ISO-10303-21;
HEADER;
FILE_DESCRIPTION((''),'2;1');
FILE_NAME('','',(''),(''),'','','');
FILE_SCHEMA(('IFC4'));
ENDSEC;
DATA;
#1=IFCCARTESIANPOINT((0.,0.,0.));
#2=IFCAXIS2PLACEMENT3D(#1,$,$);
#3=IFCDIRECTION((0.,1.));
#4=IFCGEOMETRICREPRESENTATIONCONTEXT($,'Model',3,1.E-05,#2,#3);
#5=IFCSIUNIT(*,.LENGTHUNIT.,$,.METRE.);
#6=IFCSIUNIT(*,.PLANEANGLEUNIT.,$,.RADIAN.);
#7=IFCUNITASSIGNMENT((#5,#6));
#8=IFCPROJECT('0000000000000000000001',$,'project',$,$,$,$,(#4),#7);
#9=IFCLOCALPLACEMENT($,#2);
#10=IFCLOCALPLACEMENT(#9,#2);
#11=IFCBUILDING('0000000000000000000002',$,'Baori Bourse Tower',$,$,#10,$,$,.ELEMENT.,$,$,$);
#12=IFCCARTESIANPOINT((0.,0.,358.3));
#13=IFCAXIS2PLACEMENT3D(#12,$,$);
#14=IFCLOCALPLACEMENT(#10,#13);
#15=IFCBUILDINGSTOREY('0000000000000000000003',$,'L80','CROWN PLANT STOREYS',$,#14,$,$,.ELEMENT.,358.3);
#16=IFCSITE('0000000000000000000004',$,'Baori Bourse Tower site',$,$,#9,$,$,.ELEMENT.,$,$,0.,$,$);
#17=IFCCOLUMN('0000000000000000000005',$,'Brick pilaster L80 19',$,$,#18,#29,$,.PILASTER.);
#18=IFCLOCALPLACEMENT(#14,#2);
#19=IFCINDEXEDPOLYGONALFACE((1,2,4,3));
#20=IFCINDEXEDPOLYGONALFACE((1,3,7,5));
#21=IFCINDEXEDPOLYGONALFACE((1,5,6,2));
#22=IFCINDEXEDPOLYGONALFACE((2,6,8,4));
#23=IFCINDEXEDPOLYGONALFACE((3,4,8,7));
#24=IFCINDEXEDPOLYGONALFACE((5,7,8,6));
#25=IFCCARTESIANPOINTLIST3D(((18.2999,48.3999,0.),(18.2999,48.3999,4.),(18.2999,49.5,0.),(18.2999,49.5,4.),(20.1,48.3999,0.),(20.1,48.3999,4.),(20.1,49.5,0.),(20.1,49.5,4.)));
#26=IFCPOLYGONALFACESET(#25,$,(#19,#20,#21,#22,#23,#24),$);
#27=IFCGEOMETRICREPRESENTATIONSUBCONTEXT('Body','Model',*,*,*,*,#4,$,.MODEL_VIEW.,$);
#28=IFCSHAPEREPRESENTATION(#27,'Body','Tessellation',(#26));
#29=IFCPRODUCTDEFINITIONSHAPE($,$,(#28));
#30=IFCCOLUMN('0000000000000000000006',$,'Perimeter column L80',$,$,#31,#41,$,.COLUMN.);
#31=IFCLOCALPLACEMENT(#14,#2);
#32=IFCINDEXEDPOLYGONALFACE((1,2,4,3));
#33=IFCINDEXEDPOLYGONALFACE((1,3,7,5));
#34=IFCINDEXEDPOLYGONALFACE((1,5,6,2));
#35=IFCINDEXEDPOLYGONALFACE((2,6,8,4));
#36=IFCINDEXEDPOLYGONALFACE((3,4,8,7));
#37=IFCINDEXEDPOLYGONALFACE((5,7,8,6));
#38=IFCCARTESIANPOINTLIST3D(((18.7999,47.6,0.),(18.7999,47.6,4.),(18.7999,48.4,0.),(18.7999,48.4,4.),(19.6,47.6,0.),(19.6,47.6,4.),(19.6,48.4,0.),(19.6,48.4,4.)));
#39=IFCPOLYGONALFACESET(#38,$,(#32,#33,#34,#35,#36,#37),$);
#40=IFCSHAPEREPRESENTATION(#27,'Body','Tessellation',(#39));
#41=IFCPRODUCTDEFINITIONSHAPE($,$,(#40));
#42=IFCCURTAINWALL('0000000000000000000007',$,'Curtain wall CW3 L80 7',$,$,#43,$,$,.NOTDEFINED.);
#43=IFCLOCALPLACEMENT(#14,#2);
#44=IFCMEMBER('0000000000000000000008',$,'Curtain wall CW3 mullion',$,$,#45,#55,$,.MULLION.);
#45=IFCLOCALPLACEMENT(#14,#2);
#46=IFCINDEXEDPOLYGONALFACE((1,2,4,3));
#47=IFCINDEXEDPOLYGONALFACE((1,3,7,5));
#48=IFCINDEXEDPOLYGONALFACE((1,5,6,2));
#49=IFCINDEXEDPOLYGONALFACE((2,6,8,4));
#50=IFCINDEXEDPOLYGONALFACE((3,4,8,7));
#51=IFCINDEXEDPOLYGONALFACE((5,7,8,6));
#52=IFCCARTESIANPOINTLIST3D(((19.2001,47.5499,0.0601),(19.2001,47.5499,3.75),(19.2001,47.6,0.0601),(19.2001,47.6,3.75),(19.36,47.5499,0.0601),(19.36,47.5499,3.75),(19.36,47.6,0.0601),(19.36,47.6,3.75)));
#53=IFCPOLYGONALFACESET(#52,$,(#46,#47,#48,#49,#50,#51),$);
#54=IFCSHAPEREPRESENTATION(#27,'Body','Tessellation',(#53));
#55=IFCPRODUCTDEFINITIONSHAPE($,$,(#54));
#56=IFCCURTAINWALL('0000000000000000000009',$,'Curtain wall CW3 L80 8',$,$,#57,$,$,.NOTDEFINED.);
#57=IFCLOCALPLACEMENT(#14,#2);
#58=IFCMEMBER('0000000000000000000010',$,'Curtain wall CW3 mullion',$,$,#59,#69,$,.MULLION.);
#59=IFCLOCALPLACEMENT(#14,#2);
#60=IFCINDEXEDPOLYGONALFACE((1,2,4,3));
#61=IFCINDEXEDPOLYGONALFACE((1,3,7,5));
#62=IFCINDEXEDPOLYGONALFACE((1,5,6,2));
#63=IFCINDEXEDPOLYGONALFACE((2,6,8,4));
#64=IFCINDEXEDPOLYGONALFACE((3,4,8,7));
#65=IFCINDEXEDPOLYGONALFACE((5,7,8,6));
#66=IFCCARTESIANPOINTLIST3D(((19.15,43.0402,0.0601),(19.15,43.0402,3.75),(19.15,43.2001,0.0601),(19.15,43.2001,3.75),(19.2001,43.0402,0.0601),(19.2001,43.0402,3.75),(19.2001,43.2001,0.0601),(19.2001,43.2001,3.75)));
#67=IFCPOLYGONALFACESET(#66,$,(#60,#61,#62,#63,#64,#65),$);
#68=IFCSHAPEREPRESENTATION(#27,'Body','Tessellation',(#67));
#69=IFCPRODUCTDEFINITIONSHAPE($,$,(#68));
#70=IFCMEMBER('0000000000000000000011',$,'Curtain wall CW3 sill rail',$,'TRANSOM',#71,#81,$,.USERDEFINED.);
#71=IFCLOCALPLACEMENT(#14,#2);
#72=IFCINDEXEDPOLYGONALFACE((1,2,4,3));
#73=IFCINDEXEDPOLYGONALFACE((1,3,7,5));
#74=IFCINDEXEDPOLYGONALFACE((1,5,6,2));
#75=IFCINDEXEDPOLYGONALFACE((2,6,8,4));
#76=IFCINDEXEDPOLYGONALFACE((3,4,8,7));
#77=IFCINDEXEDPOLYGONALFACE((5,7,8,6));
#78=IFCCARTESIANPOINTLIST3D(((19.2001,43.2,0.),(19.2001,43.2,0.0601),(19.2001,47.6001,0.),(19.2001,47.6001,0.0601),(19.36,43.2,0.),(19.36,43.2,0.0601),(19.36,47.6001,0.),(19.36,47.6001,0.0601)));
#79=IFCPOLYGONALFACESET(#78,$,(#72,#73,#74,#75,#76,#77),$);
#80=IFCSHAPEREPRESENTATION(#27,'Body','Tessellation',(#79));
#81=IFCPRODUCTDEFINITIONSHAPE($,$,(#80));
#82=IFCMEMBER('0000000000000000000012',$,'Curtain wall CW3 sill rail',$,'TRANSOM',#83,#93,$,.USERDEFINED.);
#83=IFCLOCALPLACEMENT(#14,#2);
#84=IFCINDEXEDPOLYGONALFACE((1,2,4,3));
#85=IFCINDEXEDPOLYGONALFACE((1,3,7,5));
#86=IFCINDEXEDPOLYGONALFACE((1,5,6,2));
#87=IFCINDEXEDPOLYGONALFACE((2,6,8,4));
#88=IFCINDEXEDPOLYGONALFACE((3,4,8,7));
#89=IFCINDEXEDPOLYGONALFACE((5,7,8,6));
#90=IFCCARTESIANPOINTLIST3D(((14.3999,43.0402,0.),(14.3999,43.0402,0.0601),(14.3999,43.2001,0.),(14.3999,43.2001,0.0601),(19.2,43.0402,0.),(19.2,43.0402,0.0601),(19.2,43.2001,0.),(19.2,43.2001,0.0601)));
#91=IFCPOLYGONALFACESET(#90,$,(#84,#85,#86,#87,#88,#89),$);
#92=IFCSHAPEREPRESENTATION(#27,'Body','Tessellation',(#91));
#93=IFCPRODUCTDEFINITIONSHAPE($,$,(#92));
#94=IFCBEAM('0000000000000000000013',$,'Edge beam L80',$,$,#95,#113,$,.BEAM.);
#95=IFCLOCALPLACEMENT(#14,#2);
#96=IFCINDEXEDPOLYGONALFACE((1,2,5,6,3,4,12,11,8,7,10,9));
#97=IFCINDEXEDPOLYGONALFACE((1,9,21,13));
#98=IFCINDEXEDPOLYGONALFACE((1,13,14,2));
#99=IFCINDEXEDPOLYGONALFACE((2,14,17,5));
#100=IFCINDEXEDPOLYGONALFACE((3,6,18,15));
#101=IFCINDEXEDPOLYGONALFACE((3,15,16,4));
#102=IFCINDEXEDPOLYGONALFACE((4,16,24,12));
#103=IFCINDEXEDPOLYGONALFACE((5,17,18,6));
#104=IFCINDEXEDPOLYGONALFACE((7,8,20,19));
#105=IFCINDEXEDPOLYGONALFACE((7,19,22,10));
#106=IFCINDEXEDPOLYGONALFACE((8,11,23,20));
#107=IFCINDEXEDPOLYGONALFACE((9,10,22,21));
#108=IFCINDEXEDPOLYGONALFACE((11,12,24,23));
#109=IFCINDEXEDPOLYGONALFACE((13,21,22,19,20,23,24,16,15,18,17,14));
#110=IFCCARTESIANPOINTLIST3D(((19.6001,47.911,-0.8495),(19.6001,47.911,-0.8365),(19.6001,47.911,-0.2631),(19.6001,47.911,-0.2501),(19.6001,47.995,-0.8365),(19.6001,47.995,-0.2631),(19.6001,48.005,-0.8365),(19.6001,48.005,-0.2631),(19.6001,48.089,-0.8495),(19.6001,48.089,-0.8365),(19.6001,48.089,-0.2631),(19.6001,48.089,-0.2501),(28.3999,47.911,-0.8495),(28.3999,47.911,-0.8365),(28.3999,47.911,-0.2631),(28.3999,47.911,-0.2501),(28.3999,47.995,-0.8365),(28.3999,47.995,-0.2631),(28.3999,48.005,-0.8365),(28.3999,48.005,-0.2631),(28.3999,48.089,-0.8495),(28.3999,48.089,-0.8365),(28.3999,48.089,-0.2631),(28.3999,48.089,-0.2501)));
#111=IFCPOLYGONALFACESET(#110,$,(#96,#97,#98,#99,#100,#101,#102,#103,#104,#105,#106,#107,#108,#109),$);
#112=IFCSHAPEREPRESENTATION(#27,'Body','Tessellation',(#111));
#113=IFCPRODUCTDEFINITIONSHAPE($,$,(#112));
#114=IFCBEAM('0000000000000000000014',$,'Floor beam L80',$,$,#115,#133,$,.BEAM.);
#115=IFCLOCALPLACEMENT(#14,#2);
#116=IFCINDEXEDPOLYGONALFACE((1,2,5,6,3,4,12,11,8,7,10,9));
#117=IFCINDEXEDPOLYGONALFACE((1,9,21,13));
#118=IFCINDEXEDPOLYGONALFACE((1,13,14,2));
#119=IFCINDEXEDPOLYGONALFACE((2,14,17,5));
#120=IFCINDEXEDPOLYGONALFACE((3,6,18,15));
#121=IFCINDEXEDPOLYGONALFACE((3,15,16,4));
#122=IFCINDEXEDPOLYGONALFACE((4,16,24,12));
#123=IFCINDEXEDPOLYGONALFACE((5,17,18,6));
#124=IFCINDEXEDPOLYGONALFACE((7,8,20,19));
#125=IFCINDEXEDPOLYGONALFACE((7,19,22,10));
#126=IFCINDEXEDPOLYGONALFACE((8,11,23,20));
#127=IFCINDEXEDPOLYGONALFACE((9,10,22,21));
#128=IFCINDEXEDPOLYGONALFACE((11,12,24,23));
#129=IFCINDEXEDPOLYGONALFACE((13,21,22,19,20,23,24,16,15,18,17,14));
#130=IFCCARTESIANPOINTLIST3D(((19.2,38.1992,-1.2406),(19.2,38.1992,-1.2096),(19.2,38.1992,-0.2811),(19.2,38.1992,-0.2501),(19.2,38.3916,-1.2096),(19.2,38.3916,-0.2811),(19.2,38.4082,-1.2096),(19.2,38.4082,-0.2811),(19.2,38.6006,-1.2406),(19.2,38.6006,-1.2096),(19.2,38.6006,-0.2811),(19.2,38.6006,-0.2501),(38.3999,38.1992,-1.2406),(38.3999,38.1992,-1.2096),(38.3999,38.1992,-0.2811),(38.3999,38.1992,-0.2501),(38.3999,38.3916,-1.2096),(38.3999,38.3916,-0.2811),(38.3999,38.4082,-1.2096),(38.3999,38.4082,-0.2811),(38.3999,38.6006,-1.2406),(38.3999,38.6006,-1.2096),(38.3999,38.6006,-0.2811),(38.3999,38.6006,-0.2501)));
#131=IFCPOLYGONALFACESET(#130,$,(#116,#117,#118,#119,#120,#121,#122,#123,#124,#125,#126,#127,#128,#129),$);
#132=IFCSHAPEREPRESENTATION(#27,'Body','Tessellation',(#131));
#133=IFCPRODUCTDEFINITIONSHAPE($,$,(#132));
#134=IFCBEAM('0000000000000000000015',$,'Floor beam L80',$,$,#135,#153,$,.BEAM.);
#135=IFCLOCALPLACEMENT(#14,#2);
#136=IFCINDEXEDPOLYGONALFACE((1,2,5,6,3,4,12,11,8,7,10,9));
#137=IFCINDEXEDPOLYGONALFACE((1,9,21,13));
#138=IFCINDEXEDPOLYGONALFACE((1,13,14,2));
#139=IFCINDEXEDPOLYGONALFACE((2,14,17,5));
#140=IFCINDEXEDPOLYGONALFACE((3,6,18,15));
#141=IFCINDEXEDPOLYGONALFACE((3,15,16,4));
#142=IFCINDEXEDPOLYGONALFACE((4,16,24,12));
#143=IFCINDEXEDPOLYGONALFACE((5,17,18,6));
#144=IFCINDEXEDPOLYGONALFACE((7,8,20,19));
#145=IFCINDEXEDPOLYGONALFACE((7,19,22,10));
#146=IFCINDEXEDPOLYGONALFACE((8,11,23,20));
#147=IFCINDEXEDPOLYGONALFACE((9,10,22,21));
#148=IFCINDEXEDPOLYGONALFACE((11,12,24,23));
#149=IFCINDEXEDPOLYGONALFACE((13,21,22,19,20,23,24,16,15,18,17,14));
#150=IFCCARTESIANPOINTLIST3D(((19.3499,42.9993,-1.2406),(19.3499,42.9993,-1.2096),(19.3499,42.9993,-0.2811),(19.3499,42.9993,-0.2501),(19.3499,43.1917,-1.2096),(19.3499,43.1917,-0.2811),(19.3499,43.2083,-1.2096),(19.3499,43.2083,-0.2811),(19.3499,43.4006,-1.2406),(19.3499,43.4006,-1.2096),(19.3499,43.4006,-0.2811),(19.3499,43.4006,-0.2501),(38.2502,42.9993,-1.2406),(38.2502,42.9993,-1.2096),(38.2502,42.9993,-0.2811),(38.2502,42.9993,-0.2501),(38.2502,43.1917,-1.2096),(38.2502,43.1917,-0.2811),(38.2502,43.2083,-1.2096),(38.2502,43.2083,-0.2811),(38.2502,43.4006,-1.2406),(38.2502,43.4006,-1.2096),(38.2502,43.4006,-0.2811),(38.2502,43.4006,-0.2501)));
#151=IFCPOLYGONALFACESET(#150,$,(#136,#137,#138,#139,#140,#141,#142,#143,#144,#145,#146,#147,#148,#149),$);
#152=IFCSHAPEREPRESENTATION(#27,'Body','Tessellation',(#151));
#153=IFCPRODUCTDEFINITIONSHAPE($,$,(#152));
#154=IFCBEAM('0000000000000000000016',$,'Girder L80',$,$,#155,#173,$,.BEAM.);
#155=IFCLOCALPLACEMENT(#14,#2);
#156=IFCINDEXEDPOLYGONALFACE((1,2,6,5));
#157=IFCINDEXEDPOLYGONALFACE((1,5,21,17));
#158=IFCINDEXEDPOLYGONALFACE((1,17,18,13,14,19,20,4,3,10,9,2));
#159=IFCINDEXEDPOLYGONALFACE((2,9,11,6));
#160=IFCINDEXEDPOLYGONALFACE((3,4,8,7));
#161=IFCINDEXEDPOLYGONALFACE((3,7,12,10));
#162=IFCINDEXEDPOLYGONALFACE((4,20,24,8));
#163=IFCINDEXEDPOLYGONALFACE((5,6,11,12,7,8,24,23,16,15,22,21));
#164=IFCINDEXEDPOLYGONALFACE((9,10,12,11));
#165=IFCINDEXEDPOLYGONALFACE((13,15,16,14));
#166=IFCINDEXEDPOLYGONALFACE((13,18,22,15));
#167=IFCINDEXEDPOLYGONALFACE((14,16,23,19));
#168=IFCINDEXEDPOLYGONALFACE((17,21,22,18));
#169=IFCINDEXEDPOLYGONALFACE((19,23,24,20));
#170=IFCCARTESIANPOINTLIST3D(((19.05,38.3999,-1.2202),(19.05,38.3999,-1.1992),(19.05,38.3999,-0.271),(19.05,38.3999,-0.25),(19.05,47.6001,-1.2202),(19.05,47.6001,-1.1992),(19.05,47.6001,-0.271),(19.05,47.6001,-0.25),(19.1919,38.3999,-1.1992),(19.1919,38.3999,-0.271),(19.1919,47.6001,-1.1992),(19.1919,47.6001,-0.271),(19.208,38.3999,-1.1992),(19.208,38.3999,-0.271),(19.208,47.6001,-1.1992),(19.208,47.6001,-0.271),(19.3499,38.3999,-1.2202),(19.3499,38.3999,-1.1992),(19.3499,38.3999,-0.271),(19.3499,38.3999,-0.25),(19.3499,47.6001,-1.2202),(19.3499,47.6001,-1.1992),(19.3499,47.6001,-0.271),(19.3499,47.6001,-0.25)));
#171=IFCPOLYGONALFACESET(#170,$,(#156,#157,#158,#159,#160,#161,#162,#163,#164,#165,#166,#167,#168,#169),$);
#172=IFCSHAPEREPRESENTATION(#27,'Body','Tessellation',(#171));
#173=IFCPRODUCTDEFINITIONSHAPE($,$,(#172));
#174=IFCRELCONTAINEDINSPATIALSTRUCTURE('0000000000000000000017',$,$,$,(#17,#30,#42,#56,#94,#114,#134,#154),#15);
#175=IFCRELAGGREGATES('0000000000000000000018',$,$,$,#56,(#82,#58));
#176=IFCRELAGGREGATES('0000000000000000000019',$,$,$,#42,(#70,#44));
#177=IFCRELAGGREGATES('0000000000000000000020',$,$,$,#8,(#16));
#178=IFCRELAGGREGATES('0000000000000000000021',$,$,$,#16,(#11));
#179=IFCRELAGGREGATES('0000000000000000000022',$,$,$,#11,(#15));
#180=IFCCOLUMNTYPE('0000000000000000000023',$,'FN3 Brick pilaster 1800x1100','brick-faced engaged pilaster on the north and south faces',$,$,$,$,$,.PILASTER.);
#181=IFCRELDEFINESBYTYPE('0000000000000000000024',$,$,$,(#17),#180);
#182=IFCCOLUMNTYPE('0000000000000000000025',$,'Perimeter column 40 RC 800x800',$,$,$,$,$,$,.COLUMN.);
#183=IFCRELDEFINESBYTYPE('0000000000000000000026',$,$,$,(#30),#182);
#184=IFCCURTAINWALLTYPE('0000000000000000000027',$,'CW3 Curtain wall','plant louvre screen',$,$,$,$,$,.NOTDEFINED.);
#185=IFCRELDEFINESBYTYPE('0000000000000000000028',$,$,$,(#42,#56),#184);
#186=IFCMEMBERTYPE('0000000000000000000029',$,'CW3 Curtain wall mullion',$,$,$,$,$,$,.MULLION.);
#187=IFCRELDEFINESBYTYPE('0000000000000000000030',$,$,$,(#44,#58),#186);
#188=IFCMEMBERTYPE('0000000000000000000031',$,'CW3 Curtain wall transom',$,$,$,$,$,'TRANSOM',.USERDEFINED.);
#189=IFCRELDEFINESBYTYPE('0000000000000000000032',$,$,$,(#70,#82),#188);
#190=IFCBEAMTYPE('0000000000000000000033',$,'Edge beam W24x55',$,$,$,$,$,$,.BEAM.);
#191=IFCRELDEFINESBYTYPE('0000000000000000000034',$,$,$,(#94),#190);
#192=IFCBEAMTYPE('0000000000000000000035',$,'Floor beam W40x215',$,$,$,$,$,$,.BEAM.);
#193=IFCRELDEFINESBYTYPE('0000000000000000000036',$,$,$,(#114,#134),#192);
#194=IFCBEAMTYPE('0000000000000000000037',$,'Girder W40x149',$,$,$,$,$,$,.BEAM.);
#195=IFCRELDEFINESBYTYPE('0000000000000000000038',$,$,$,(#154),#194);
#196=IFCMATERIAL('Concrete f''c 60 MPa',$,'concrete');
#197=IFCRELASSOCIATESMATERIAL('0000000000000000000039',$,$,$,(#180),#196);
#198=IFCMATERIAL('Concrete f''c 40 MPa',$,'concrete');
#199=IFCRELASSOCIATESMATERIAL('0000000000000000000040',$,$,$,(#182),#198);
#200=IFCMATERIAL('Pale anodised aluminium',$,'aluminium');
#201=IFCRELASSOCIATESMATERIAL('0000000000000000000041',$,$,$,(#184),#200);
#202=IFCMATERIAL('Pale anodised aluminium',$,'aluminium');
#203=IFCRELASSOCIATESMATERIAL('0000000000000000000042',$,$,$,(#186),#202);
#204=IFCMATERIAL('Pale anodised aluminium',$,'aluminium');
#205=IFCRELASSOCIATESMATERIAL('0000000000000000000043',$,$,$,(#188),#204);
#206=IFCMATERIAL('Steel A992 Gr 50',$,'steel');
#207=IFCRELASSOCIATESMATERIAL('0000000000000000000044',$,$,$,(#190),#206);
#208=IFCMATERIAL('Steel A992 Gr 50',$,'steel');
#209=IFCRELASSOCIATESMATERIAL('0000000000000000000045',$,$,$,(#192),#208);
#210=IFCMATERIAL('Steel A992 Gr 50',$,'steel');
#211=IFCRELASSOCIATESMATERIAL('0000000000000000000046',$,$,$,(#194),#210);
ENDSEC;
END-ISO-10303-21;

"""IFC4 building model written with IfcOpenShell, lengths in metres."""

from ifc_helpers import new_model, si_unit, direction, frame, origin, origin_2d, place, context, subcontext, project, spatial, rectangle, i_section, extrude, material, material_profile, profile_set, type_object, element, aggregate, save


model = new_model("IFC4")

# Units and contexts
model_context = context("Model", 3, precision=1e-05, world=origin(), true_north=direction((0.0, 1.0)))
body_context = subcontext(model_context, "Body", "Model", "MODEL_VIEW")
ifc_project = project(units=[si_unit("LENGTHUNIT", "METRE"), si_unit("PLANEANGLEUNIT", "RADIAN")], contexts=[model_context])

# Site, building, storey
site_placement = place(None, origin())
site = spatial("IfcSite", under=ifc_project, at=site_placement, Name="Baori Bourse Tower site", CompositionType="ELEMENT", RefElevation=0.0)
building_placement = place(site_placement, origin())
building = spatial("IfcBuilding", under=site, at=building_placement, Name="Baori Bourse Tower", CompositionType="ELEMENT")
storey_placement = place(building_placement, frame((0.0, 0.0, 358.3)))
storey = spatial("IfcBuildingStorey", under=building, at=storey_placement, Name="L80", Description="CROWN PLANT STOREYS", CompositionType="ELEMENT", Elevation=358.3)

# Columns
ifc_material_1 = material(Name="Concrete f'c 60 MPa", Category="concrete")
ifc_material_profile_1 = material_profile(ifc_material_1, rectangle(XDim=1.8, YDim=1.1001, at=origin_2d()), Name="RC 1800x1100")
ifc_profile_set_1 = profile_set([ifc_material_profile_1], Name="Concrete f'c 60 MPa")
column_type_1 = type_object("IfcColumnType", Name="FN3 Brick pilaster 1800x1100", Description="brick-faced engaged pilaster on the north and south faces", PredefinedType="PILASTER", material=ifc_profile_set_1)
column_1_placement = place(storey_placement, frame((19.2, 48.95, 0.0), z_axis=(0.0, 0.0, 1.0), x_axis=(1.0, 0.0, 0.0)))
element("IfcColumn", 1, at=column_1_placement, inside=storey, type_object=column_type_1, Name="Brick pilaster L80 19", PredefinedType="PILASTER", context=body_context, shape_type="SweptSolid", body=[
    extrude(rectangle(XDim=1.8, YDim=1.1001, at=origin_2d()), origin(), (0.0, 0.0, 1.0), 4.0),
])
ifc_material_2 = material(Name="Concrete f'c 40 MPa", Category="concrete")
ifc_material_profile_2 = material_profile(ifc_material_2, rectangle(XDim=0.8, YDim=0.8, at=origin_2d()), Name="RC 800x800")
ifc_profile_set_2 = profile_set([ifc_material_profile_2], Name="Concrete f'c 40 MPa")
column_type_2 = type_object("IfcColumnType", Name="Perimeter column 40 RC 800x800", PredefinedType="COLUMN", material=ifc_profile_set_2)
column_2_placement = place(storey_placement, frame((19.2, 48.0, 0.0), z_axis=(0.0, 0.0, 1.0), x_axis=(1.0, 0.0, 0.0)))
element("IfcColumn", 2, at=column_2_placement, inside=storey, type_object=column_type_2, Name="Perimeter column L80", PredefinedType="COLUMN", context=body_context, shape_type="SweptSolid", body=[
    extrude(rectangle(XDim=0.8, YDim=0.8, at=origin_2d()), origin(), (0.0, 0.0, 1.0), 4.0),
])

# Curtain walls, members
ifc_material_3 = material(Name="Pale anodised aluminium", Category="aluminium")
curtain_wall_type = type_object("IfcCurtainWallType", Name="CW3 Curtain wall", Description="plant louvre screen", PredefinedType="NOTDEFINED", material=ifc_material_3)
curtain_wall_1_placement = place(storey_placement, origin())
curtain_wall_1 = element("IfcCurtainWall", 3, at=curtain_wall_1_placement, inside=storey, type_object=curtain_wall_type, Name="Curtain wall CW3 L80 7", PredefinedType="NOTDEFINED")
ifc_material_4 = material(Name="Pale anodised aluminium", Category="aluminium")
ifc_material_profile_3 = material_profile(ifc_material_4, rectangle(XDim=0.1599, YDim=0.05, at=origin_2d()), Name="Mullion 50x160")
ifc_profile_set_3 = profile_set([ifc_material_profile_3], Name="Pale anodised aluminium")
member_type_1 = type_object("IfcMemberType", Name="CW3 Curtain wall mullion", PredefinedType="MULLION", material=ifc_profile_set_3)
member_1_placement = place(storey_placement, frame((19.28, 47.575, 0.0601), z_axis=(0.0, 0.0, 1.0), x_axis=(1.0, 0.0, 0.0)))
member_1 = element("IfcMember", 4, at=member_1_placement, type_object=member_type_1, Name="Curtain wall CW3 mullion", PredefinedType="MULLION", context=body_context, shape_type="SweptSolid", body=[
    extrude(rectangle(XDim=0.1599, YDim=0.05, at=origin_2d()), origin(), (0.0, 0.0, 1.0), 3.6899),
])
curtain_wall_2_placement = place(storey_placement, origin())
curtain_wall_2 = element("IfcCurtainWall", 5, at=curtain_wall_2_placement, inside=storey, type_object=curtain_wall_type, Name="Curtain wall CW3 L80 8", PredefinedType="NOTDEFINED")
member_2_placement = place(storey_placement, frame((19.175, 43.1201, 0.0601), z_axis=(0.0, 0.0, 1.0), x_axis=(0.0, -1.0, 0.0)))
member_2 = element("IfcMember", 6, at=member_2_placement, type_object=member_type_1, Name="Curtain wall CW3 mullion", PredefinedType="MULLION", context=body_context, shape_type="SweptSolid", body=[
    extrude(rectangle(XDim=0.1599, YDim=0.05, at=origin_2d()), origin(), (0.0, 0.0, 1.0), 3.6899),
])

# Members
ifc_material_5 = material(Name="Pale anodised aluminium", Category="aluminium")
ifc_material_profile_4 = material_profile(ifc_material_5, rectangle(XDim=0.1599, YDim=0.0601, at=origin_2d()), Name="Transom 60x160")
ifc_profile_set_4 = profile_set([ifc_material_profile_4], Name="Pale anodised aluminium")
member_type_2 = type_object("IfcMemberType", Name="CW3 Curtain wall transom", ElementType="TRANSOM", PredefinedType="USERDEFINED", material=ifc_profile_set_4)
member_3_placement = place(storey_placement, frame((19.28, 47.6001, 0.03), z_axis=(0.0, -1.0, 0.0), x_axis=(1.0, 0.0, 0.0)))
member_3 = element("IfcMember", 7, at=member_3_placement, type_object=member_type_2, Name="Curtain wall CW3 sill rail", ObjectType="TRANSOM", PredefinedType="USERDEFINED", context=body_context, shape_type="SweptSolid", body=[
    extrude(rectangle(XDim=0.1599, YDim=0.0601, at=origin_2d()), origin(), (0.0, 0.0, 1.0), 4.4001),
])
member_4_placement = place(storey_placement, frame((19.2, 43.1201, 0.03), z_axis=(-1.0, 0.0, 0.0), x_axis=(0.0, -1.0, 0.0)))
member_4 = element("IfcMember", 8, at=member_4_placement, type_object=member_type_2, Name="Curtain wall CW3 sill rail", ObjectType="TRANSOM", PredefinedType="USERDEFINED", context=body_context, shape_type="SweptSolid", body=[
    extrude(rectangle(XDim=0.1599, YDim=0.0601, at=origin_2d()), origin(), (0.0, 0.0, 1.0), 4.8),
])
aggregate(curtain_wall_2, [member_4, member_2])

# Beams
ifc_material_6 = material(Name="Steel A992 Gr 50", Category="steel")
ifc_material_profile_5 = material_profile(ifc_material_6, i_section(OverallWidth=0.178, OverallDepth=0.5994, WebThickness=0.01, FlangeThickness=0.0129, at=origin_2d()), Name="W24x55")
ifc_profile_set_5 = profile_set([ifc_material_profile_5], Name="Steel A992 Gr 50")
beam_type_1 = type_object("IfcBeamType", Name="Edge beam W24x55", PredefinedType="BEAM", material=ifc_profile_set_5)
beam_1_placement = place(storey_placement, frame((19.6001, 48.0, -0.5498), z_axis=(1.0, 0.0, 0.0), x_axis=(0.0, 1.0, 0.0)))
element("IfcBeam", 9, at=beam_1_placement, inside=storey, type_object=beam_type_1, Name="Edge beam L80", PredefinedType="BEAM", context=body_context, shape_type="SweptSolid", body=[
    extrude(i_section(OverallWidth=0.178, OverallDepth=0.5994, WebThickness=0.01, FlangeThickness=0.0129, at=origin_2d()), origin(), (0.0, 0.0, 1.0), 8.7998),
])
ifc_material_7 = material(Name="Steel A992 Gr 50", Category="steel")
ifc_material_profile_6 = material_profile(ifc_material_7, i_section(OverallWidth=0.4014, OverallDepth=0.9905, WebThickness=0.0166, FlangeThickness=0.031, at=origin_2d()), Name="W40x215")
ifc_profile_set_6 = profile_set([ifc_material_profile_6], Name="Steel A992 Gr 50")
beam_type_2 = type_object("IfcBeamType", Name="Floor beam W40x215", PredefinedType="BEAM", material=ifc_profile_set_6)
beam_2_placement = place(storey_placement, frame((19.2, 38.3999, -0.7454), z_axis=(1.0, 0.0, 0.0), x_axis=(0.0, 1.0, 0.0)))
element("IfcBeam", 10, at=beam_2_placement, inside=storey, type_object=beam_type_2, Name="Floor beam L80", PredefinedType="BEAM", context=body_context, shape_type="SweptSolid", body=[
    extrude(i_section(OverallWidth=0.4014, OverallDepth=0.9905, WebThickness=0.0166, FlangeThickness=0.031, at=origin_2d()), origin(), (0.0, 0.0, 1.0), 19.2),
])
beam_3_placement = place(storey_placement, frame((19.3499, 43.2, -0.7454), z_axis=(1.0, 0.0, 0.0), x_axis=(0.0, 1.0, 0.0)))
element("IfcBeam", 11, at=beam_3_placement, inside=storey, type_object=beam_type_2, Name="Floor beam L80", PredefinedType="BEAM", context=body_context, shape_type="SweptSolid", body=[
    extrude(i_section(OverallWidth=0.4014, OverallDepth=0.9905, WebThickness=0.0166, FlangeThickness=0.031, at=origin_2d()), origin(), (0.0, 0.0, 1.0), 18.9004),
])
ifc_material_8 = material(Name="Steel A992 Gr 50", Category="steel")
ifc_material_profile_7 = material_profile(ifc_material_8, i_section(OverallWidth=0.2998, OverallDepth=0.9702, WebThickness=0.0161, FlangeThickness=0.021, at=origin_2d()), Name="W40x149")
ifc_profile_set_7 = profile_set([ifc_material_profile_7], Name="Steel A992 Gr 50")
beam_type_3 = type_object("IfcBeamType", Name="Girder W40x149", PredefinedType="BEAM", material=ifc_profile_set_7)
beam_4_placement = place(storey_placement, frame((19.2, 38.3999, -0.7351), z_axis=(0.0, 1.0, 0.0), x_axis=(-1.0, 0.0, 0.0)))
element("IfcBeam", 12, at=beam_4_placement, inside=storey, type_object=beam_type_3, Name="Girder L80", PredefinedType="BEAM", context=body_context, shape_type="SweptSolid", body=[
    extrude(i_section(OverallWidth=0.2998, OverallDepth=0.9702, WebThickness=0.0161, FlangeThickness=0.021, at=origin_2d()), origin(), (0.0, 0.0, 1.0), 9.2002),
])

aggregate(curtain_wall_1, [member_3, member_1])

save(model, "model.ifc")
